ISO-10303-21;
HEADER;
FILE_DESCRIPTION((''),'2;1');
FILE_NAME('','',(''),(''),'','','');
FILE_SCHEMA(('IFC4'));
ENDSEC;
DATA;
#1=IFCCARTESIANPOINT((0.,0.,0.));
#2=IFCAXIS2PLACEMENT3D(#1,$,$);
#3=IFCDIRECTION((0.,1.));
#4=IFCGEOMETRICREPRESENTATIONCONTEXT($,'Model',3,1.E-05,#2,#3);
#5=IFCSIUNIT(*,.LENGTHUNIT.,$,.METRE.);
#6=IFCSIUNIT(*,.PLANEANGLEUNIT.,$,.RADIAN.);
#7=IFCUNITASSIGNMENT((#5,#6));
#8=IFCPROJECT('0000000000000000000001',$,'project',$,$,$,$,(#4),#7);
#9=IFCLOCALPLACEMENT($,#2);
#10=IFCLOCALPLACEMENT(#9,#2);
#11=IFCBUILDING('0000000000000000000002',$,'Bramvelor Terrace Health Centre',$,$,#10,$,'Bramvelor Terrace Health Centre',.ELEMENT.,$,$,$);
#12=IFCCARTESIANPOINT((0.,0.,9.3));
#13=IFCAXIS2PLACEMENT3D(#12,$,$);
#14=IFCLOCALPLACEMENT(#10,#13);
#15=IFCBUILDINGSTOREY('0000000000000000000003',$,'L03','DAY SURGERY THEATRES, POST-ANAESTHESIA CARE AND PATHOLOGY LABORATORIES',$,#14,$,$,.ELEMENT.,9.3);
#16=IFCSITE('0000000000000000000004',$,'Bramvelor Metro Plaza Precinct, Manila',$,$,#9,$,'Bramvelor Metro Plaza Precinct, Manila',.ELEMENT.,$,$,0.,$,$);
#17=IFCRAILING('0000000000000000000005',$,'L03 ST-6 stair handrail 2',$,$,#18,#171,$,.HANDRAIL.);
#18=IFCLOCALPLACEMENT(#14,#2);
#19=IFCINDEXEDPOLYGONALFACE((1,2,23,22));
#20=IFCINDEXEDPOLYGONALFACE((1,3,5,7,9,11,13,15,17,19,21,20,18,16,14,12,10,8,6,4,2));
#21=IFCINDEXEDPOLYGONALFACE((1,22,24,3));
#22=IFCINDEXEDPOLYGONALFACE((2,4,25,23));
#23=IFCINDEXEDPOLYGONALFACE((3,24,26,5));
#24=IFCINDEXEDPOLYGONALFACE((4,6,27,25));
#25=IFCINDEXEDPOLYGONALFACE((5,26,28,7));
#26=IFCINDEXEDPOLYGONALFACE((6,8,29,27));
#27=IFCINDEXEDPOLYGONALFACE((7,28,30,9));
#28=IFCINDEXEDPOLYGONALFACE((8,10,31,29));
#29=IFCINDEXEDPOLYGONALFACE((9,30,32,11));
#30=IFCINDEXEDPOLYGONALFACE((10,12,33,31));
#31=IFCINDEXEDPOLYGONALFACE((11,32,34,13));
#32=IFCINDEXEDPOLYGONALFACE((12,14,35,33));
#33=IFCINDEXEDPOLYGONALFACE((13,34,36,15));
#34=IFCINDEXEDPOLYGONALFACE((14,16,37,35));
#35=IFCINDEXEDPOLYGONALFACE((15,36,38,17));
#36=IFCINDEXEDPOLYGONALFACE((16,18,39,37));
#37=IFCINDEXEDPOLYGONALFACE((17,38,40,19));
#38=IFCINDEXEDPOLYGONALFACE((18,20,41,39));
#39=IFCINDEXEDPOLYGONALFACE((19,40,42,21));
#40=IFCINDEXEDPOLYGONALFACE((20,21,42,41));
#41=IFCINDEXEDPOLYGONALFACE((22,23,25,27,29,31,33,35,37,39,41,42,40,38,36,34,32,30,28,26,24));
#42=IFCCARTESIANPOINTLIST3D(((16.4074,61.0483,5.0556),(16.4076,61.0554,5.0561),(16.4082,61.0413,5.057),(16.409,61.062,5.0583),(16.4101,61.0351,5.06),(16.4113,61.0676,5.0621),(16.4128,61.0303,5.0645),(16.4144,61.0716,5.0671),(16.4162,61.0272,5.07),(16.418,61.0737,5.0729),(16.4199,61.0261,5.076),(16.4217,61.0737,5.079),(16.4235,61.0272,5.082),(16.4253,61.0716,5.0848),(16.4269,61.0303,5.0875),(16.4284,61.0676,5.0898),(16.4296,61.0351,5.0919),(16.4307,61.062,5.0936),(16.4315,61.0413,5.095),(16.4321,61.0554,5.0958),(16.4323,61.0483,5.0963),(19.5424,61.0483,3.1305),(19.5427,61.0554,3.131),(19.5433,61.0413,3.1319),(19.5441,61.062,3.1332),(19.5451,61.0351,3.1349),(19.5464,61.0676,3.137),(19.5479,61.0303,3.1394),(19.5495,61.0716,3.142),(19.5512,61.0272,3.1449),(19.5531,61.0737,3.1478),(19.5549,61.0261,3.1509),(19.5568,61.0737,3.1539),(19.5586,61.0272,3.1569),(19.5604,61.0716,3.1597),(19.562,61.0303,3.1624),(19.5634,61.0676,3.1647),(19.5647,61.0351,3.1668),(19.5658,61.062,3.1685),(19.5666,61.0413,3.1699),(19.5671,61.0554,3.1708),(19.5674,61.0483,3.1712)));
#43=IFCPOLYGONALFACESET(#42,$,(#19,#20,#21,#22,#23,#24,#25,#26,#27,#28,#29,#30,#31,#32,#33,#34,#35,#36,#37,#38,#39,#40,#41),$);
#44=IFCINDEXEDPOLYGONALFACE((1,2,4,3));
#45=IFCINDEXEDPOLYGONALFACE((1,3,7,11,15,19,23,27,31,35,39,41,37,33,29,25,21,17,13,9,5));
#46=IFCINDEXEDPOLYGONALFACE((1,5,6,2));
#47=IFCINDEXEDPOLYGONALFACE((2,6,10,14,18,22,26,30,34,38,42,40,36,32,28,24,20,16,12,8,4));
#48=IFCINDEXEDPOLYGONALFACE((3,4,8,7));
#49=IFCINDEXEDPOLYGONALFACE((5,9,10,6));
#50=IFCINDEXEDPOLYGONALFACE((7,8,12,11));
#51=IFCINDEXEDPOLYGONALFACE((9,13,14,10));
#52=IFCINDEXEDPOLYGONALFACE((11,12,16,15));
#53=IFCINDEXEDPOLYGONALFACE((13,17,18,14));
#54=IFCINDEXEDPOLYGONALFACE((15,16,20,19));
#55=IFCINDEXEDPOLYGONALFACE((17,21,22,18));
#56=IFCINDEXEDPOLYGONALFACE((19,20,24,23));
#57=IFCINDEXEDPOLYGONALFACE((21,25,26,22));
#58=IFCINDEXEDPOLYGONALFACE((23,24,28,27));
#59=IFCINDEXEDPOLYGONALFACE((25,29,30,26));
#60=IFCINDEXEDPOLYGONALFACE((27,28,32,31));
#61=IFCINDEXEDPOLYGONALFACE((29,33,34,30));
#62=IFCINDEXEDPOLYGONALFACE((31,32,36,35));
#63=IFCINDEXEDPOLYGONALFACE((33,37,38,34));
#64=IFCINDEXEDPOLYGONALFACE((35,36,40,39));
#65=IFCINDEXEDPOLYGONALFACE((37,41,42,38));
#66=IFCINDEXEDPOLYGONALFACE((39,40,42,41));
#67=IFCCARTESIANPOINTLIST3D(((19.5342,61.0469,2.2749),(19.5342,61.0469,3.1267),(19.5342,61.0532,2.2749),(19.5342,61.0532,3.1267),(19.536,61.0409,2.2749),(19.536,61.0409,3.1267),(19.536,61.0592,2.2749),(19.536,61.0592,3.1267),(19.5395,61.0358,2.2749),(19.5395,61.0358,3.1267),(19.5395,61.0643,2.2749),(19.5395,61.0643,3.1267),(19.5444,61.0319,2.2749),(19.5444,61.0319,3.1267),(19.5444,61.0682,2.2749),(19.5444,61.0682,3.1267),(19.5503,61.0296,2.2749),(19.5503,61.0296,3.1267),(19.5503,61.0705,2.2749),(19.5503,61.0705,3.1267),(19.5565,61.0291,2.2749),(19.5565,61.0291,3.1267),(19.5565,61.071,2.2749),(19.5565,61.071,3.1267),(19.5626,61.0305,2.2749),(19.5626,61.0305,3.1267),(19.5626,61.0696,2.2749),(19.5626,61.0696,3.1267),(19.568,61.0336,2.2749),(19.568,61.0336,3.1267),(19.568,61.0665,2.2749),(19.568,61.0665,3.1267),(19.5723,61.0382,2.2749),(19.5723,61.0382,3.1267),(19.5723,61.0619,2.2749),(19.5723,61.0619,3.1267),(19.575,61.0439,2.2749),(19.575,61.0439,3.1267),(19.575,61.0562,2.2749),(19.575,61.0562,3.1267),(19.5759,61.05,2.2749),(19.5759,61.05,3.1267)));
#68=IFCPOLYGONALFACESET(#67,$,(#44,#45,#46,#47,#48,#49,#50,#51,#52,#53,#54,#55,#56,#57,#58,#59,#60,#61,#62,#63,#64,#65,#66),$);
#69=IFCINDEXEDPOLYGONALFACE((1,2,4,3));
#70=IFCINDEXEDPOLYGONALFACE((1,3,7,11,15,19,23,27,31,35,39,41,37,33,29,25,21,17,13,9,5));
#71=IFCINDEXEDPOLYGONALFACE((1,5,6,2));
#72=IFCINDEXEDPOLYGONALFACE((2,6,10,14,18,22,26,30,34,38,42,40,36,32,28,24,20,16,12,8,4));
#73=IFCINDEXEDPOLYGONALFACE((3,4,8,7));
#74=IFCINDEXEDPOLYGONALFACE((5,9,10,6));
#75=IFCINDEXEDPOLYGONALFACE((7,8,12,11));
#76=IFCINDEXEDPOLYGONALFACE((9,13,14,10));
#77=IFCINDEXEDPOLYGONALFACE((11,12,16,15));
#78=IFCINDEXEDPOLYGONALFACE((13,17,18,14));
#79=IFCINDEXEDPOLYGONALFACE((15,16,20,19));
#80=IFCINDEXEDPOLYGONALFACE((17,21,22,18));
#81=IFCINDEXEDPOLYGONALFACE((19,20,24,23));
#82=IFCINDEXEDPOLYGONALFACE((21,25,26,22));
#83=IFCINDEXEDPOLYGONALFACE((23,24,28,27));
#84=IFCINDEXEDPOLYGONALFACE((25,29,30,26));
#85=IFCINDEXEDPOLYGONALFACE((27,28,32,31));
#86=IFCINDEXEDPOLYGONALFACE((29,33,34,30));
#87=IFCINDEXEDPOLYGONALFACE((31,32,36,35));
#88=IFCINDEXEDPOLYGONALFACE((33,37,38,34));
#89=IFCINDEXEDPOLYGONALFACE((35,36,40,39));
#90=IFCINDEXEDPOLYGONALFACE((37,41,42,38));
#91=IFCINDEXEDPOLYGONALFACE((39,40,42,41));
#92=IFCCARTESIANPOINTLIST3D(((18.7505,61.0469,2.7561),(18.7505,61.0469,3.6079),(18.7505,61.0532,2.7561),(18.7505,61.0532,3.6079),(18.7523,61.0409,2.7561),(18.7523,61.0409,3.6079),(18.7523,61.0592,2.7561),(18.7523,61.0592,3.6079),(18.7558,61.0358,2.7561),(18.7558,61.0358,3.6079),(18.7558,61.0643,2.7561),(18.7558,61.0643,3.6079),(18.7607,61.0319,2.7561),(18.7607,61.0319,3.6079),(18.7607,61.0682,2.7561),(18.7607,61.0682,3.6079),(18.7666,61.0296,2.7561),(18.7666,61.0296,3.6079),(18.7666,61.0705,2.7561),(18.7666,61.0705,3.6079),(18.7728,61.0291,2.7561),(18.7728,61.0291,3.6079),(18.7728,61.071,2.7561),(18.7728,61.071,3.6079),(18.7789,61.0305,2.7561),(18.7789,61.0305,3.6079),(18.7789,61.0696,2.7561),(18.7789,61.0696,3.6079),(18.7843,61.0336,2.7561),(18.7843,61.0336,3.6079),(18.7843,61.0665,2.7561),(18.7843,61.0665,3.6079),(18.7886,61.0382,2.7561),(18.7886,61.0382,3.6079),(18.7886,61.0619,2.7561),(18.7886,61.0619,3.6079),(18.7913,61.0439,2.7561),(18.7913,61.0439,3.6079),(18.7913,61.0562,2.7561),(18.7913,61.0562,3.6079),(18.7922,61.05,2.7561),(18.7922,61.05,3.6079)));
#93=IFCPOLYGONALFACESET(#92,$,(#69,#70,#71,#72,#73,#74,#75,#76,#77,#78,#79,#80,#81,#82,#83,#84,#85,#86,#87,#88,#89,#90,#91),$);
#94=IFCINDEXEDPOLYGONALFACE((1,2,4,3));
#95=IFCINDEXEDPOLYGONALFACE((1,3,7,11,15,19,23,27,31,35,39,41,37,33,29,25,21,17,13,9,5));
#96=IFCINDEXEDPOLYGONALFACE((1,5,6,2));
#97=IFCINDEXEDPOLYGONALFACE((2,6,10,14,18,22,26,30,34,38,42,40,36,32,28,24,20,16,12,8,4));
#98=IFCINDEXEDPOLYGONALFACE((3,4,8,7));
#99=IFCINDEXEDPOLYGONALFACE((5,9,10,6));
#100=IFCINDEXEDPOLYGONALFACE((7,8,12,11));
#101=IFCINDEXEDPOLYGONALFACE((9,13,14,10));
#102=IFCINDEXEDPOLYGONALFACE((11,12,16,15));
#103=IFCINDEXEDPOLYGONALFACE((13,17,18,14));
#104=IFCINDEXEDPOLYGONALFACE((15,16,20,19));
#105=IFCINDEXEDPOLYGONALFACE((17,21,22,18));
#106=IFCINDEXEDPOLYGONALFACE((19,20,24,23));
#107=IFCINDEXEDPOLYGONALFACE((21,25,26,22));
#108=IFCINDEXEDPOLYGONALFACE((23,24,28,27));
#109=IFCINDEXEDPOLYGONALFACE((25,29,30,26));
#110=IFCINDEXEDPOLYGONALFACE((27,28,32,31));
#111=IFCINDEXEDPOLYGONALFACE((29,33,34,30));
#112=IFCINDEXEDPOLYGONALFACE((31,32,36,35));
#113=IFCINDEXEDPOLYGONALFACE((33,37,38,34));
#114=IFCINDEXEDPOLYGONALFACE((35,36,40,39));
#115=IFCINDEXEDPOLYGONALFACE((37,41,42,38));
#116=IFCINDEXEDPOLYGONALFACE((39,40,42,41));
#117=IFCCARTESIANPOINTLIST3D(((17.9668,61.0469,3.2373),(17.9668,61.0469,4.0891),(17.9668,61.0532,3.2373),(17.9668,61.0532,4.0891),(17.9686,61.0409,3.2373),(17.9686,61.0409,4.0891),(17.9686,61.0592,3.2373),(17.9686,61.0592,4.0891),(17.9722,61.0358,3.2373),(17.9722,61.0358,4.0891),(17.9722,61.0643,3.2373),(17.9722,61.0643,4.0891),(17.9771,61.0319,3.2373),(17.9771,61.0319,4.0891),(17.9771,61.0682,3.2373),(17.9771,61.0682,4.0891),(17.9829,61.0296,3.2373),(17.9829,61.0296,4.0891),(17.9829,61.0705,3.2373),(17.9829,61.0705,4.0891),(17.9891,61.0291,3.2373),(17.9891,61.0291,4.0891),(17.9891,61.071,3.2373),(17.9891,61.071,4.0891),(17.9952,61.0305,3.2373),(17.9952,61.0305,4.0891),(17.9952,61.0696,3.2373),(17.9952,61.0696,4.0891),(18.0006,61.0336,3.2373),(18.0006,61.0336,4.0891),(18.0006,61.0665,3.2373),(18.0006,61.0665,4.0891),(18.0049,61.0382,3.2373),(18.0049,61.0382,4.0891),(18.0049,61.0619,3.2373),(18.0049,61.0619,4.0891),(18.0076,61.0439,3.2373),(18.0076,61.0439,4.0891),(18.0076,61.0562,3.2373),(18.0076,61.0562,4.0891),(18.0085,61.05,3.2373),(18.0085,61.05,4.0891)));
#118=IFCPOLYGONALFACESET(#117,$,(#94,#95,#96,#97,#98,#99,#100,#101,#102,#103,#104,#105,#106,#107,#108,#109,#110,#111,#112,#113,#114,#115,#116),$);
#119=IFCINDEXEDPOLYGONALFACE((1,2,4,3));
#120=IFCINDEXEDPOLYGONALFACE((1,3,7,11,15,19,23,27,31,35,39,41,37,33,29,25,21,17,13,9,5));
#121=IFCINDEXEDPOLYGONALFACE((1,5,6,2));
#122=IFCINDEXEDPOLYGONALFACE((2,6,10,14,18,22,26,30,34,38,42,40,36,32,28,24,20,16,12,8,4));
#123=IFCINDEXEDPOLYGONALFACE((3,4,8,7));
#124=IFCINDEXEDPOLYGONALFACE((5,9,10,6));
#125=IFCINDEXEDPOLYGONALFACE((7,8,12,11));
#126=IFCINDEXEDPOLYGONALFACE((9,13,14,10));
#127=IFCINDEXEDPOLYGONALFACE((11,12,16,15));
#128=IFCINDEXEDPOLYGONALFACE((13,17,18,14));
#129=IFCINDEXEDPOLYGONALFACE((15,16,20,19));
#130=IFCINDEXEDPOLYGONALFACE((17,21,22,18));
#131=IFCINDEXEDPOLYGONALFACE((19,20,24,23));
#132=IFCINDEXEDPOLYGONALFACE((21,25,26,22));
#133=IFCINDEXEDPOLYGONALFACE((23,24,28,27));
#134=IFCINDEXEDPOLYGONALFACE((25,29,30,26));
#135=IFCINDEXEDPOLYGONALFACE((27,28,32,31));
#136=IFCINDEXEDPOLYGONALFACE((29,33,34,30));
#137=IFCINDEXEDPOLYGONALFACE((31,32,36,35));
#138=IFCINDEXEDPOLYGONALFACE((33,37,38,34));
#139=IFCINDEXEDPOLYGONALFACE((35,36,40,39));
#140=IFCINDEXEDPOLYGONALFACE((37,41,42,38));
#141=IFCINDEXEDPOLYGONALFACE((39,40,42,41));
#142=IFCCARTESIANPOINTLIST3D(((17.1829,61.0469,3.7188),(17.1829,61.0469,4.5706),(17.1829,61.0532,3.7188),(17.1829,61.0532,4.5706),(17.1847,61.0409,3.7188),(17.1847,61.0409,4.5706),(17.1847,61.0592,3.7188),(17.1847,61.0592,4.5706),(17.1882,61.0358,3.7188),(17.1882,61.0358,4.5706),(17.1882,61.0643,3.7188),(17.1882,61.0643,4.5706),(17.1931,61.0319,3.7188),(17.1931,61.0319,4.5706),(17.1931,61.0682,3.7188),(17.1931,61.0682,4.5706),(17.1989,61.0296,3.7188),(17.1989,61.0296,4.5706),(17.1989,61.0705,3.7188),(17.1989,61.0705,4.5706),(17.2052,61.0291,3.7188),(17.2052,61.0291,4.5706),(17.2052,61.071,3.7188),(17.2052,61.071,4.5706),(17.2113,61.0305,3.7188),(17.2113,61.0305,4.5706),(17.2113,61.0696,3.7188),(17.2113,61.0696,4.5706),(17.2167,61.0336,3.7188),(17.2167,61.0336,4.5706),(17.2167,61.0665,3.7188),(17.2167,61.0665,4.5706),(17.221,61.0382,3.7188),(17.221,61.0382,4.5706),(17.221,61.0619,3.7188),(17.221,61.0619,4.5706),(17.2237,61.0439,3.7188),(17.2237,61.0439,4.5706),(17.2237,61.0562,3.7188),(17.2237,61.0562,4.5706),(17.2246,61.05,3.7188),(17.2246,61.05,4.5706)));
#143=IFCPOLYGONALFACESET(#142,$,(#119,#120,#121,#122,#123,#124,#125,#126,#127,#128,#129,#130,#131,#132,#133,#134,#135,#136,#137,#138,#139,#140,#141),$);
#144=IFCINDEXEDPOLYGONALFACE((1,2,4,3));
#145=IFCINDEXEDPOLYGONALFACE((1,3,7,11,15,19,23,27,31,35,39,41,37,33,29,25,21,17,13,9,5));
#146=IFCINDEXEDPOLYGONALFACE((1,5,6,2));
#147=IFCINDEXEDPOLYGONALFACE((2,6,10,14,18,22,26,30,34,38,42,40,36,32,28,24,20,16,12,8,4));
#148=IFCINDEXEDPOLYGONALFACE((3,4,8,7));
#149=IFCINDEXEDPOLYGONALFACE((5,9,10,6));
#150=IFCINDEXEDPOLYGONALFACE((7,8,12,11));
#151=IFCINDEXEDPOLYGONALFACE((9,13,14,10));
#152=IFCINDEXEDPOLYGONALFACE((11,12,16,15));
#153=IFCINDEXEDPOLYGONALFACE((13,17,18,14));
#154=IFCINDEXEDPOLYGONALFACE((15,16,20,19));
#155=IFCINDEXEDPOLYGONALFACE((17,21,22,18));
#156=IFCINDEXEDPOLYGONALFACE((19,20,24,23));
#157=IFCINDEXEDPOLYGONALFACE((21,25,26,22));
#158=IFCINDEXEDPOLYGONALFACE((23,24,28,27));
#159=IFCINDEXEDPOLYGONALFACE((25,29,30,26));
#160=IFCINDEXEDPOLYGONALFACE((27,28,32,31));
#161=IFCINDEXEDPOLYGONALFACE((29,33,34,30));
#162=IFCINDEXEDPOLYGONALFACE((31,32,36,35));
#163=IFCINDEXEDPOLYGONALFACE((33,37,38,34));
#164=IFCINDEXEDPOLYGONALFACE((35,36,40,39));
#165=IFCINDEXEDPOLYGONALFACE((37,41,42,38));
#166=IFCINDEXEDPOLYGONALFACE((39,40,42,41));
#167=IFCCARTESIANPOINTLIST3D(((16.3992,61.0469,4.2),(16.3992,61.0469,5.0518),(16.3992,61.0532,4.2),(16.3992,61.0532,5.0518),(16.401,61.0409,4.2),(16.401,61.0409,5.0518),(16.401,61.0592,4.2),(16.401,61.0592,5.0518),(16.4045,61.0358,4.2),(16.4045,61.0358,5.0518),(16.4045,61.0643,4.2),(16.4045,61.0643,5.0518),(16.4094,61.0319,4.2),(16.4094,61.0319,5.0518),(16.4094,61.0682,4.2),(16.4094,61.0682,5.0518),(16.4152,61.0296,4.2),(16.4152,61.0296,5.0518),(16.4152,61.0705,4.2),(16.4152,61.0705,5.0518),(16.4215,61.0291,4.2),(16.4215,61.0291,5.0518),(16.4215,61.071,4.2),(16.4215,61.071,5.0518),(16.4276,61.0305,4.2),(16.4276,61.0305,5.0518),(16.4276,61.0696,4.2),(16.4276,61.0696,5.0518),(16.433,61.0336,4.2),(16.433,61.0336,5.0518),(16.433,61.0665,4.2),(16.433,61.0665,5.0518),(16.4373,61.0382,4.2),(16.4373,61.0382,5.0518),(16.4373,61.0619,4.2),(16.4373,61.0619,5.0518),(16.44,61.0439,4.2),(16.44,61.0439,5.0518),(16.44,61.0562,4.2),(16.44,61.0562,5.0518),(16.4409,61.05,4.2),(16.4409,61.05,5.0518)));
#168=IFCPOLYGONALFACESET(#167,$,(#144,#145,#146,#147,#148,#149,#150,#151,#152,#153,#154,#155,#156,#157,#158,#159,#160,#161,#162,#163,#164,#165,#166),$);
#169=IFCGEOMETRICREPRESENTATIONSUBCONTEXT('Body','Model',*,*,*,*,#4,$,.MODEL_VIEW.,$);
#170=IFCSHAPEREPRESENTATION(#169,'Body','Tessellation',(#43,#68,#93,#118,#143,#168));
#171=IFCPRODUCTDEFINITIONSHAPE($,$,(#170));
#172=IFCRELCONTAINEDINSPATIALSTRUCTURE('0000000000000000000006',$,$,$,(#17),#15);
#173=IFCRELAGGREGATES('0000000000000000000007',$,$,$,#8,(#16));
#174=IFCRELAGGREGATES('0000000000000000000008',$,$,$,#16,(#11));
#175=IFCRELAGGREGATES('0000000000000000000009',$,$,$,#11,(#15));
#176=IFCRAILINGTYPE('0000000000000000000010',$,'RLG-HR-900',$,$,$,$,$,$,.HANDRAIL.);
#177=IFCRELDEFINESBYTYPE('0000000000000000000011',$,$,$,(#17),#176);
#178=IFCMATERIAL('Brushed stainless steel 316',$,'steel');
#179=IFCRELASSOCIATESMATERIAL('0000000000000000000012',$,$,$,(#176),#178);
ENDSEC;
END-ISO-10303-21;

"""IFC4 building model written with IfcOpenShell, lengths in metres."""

from ifc_helpers import new_model, si_unit, direction, frame, origin, origin_2d, place, context, subcontext, project, spatial, circle, extrude, material, type_object, element, save


model = new_model("IFC4")

# Units and contexts
model_context = context("Model", 3, precision=1e-05, world=origin(), true_north=direction((0.0, 1.0)))
body_context = subcontext(model_context, "Body", "Model", "MODEL_VIEW")
ifc_project = project(units=[si_unit("LENGTHUNIT", "METRE"), si_unit("PLANEANGLEUNIT", "RADIAN")], contexts=[model_context])

# Site, building, storey
site_placement = place(None, origin())
site = spatial("IfcSite", under=ifc_project, at=site_placement, Name="Bramvelor Metro Plaza Precinct, Manila", LongName="Bramvelor Metro Plaza Precinct, Manila", CompositionType="ELEMENT", RefElevation=0.0)
building_placement = place(site_placement, origin())
building = spatial("IfcBuilding", under=site, at=building_placement, Name="Bramvelor Terrace Health Centre", LongName="Bramvelor Terrace Health Centre", CompositionType="ELEMENT")
storey_placement = place(building_placement, frame((0.0, 0.0, 9.3)))
storey = spatial("IfcBuildingStorey", under=building, at=storey_placement, Name="L03", Description="DAY SURGERY THEATRES, POST-ANAESTHESIA CARE AND PATHOLOGY LABORATORIES", CompositionType="ELEMENT", Elevation=9.3)

# Railing
ifc_material_1 = material(Name="Brushed stainless steel 316", Category="steel")
railing_type_1 = type_object("IfcRailingType", Name="RLG-HR-900", PredefinedType="HANDRAIL", material=ifc_material_1)
railing_1_placement = place(storey_placement, frame((19.5549, 61.05, 2.2749)))
element("IfcRailing", 1, at=railing_1_placement, inside=storey, type_object=railing_type_1, Name="L03 ST-6 stair handrail 2", PredefinedType="HANDRAIL", context=body_context, shape_type="SweptSolid", body=[
    extrude(circle(Radius=0.0239, at=origin_2d()), frame((0.0, 0.0, 0.876), z_axis=(-0.852166, 0.0, 0.523271), x_axis=(0.0, -1.0, 0.0)), (0.0, 0.0, 1.0), 3.679),
    extrude(circle(Radius=0.021, at=origin_2d()), origin(), (0.0, 0.0, 1.0), 0.8518),
    extrude(circle(Radius=0.021, at=origin_2d()), frame((-0.7837, 0.0, 0.4812)), (0.0, 0.0, 1.0), 0.8518),
    extrude(circle(Radius=0.021, at=origin_2d()), frame((-1.5674, 0.0, 0.9624)), (0.0, 0.0, 1.0), 0.8518),
    extrude(circle(Radius=0.021, at=origin_2d()), frame((-2.3513, 0.0, 1.4438)), (0.0, 0.0, 1.0), 0.8518),
    extrude(circle(Radius=0.021, at=origin_2d()), frame((-3.135, 0.0, 1.925)), (0.0, 0.0, 1.0), 0.8518),
])

save(model, "model.ifc")
